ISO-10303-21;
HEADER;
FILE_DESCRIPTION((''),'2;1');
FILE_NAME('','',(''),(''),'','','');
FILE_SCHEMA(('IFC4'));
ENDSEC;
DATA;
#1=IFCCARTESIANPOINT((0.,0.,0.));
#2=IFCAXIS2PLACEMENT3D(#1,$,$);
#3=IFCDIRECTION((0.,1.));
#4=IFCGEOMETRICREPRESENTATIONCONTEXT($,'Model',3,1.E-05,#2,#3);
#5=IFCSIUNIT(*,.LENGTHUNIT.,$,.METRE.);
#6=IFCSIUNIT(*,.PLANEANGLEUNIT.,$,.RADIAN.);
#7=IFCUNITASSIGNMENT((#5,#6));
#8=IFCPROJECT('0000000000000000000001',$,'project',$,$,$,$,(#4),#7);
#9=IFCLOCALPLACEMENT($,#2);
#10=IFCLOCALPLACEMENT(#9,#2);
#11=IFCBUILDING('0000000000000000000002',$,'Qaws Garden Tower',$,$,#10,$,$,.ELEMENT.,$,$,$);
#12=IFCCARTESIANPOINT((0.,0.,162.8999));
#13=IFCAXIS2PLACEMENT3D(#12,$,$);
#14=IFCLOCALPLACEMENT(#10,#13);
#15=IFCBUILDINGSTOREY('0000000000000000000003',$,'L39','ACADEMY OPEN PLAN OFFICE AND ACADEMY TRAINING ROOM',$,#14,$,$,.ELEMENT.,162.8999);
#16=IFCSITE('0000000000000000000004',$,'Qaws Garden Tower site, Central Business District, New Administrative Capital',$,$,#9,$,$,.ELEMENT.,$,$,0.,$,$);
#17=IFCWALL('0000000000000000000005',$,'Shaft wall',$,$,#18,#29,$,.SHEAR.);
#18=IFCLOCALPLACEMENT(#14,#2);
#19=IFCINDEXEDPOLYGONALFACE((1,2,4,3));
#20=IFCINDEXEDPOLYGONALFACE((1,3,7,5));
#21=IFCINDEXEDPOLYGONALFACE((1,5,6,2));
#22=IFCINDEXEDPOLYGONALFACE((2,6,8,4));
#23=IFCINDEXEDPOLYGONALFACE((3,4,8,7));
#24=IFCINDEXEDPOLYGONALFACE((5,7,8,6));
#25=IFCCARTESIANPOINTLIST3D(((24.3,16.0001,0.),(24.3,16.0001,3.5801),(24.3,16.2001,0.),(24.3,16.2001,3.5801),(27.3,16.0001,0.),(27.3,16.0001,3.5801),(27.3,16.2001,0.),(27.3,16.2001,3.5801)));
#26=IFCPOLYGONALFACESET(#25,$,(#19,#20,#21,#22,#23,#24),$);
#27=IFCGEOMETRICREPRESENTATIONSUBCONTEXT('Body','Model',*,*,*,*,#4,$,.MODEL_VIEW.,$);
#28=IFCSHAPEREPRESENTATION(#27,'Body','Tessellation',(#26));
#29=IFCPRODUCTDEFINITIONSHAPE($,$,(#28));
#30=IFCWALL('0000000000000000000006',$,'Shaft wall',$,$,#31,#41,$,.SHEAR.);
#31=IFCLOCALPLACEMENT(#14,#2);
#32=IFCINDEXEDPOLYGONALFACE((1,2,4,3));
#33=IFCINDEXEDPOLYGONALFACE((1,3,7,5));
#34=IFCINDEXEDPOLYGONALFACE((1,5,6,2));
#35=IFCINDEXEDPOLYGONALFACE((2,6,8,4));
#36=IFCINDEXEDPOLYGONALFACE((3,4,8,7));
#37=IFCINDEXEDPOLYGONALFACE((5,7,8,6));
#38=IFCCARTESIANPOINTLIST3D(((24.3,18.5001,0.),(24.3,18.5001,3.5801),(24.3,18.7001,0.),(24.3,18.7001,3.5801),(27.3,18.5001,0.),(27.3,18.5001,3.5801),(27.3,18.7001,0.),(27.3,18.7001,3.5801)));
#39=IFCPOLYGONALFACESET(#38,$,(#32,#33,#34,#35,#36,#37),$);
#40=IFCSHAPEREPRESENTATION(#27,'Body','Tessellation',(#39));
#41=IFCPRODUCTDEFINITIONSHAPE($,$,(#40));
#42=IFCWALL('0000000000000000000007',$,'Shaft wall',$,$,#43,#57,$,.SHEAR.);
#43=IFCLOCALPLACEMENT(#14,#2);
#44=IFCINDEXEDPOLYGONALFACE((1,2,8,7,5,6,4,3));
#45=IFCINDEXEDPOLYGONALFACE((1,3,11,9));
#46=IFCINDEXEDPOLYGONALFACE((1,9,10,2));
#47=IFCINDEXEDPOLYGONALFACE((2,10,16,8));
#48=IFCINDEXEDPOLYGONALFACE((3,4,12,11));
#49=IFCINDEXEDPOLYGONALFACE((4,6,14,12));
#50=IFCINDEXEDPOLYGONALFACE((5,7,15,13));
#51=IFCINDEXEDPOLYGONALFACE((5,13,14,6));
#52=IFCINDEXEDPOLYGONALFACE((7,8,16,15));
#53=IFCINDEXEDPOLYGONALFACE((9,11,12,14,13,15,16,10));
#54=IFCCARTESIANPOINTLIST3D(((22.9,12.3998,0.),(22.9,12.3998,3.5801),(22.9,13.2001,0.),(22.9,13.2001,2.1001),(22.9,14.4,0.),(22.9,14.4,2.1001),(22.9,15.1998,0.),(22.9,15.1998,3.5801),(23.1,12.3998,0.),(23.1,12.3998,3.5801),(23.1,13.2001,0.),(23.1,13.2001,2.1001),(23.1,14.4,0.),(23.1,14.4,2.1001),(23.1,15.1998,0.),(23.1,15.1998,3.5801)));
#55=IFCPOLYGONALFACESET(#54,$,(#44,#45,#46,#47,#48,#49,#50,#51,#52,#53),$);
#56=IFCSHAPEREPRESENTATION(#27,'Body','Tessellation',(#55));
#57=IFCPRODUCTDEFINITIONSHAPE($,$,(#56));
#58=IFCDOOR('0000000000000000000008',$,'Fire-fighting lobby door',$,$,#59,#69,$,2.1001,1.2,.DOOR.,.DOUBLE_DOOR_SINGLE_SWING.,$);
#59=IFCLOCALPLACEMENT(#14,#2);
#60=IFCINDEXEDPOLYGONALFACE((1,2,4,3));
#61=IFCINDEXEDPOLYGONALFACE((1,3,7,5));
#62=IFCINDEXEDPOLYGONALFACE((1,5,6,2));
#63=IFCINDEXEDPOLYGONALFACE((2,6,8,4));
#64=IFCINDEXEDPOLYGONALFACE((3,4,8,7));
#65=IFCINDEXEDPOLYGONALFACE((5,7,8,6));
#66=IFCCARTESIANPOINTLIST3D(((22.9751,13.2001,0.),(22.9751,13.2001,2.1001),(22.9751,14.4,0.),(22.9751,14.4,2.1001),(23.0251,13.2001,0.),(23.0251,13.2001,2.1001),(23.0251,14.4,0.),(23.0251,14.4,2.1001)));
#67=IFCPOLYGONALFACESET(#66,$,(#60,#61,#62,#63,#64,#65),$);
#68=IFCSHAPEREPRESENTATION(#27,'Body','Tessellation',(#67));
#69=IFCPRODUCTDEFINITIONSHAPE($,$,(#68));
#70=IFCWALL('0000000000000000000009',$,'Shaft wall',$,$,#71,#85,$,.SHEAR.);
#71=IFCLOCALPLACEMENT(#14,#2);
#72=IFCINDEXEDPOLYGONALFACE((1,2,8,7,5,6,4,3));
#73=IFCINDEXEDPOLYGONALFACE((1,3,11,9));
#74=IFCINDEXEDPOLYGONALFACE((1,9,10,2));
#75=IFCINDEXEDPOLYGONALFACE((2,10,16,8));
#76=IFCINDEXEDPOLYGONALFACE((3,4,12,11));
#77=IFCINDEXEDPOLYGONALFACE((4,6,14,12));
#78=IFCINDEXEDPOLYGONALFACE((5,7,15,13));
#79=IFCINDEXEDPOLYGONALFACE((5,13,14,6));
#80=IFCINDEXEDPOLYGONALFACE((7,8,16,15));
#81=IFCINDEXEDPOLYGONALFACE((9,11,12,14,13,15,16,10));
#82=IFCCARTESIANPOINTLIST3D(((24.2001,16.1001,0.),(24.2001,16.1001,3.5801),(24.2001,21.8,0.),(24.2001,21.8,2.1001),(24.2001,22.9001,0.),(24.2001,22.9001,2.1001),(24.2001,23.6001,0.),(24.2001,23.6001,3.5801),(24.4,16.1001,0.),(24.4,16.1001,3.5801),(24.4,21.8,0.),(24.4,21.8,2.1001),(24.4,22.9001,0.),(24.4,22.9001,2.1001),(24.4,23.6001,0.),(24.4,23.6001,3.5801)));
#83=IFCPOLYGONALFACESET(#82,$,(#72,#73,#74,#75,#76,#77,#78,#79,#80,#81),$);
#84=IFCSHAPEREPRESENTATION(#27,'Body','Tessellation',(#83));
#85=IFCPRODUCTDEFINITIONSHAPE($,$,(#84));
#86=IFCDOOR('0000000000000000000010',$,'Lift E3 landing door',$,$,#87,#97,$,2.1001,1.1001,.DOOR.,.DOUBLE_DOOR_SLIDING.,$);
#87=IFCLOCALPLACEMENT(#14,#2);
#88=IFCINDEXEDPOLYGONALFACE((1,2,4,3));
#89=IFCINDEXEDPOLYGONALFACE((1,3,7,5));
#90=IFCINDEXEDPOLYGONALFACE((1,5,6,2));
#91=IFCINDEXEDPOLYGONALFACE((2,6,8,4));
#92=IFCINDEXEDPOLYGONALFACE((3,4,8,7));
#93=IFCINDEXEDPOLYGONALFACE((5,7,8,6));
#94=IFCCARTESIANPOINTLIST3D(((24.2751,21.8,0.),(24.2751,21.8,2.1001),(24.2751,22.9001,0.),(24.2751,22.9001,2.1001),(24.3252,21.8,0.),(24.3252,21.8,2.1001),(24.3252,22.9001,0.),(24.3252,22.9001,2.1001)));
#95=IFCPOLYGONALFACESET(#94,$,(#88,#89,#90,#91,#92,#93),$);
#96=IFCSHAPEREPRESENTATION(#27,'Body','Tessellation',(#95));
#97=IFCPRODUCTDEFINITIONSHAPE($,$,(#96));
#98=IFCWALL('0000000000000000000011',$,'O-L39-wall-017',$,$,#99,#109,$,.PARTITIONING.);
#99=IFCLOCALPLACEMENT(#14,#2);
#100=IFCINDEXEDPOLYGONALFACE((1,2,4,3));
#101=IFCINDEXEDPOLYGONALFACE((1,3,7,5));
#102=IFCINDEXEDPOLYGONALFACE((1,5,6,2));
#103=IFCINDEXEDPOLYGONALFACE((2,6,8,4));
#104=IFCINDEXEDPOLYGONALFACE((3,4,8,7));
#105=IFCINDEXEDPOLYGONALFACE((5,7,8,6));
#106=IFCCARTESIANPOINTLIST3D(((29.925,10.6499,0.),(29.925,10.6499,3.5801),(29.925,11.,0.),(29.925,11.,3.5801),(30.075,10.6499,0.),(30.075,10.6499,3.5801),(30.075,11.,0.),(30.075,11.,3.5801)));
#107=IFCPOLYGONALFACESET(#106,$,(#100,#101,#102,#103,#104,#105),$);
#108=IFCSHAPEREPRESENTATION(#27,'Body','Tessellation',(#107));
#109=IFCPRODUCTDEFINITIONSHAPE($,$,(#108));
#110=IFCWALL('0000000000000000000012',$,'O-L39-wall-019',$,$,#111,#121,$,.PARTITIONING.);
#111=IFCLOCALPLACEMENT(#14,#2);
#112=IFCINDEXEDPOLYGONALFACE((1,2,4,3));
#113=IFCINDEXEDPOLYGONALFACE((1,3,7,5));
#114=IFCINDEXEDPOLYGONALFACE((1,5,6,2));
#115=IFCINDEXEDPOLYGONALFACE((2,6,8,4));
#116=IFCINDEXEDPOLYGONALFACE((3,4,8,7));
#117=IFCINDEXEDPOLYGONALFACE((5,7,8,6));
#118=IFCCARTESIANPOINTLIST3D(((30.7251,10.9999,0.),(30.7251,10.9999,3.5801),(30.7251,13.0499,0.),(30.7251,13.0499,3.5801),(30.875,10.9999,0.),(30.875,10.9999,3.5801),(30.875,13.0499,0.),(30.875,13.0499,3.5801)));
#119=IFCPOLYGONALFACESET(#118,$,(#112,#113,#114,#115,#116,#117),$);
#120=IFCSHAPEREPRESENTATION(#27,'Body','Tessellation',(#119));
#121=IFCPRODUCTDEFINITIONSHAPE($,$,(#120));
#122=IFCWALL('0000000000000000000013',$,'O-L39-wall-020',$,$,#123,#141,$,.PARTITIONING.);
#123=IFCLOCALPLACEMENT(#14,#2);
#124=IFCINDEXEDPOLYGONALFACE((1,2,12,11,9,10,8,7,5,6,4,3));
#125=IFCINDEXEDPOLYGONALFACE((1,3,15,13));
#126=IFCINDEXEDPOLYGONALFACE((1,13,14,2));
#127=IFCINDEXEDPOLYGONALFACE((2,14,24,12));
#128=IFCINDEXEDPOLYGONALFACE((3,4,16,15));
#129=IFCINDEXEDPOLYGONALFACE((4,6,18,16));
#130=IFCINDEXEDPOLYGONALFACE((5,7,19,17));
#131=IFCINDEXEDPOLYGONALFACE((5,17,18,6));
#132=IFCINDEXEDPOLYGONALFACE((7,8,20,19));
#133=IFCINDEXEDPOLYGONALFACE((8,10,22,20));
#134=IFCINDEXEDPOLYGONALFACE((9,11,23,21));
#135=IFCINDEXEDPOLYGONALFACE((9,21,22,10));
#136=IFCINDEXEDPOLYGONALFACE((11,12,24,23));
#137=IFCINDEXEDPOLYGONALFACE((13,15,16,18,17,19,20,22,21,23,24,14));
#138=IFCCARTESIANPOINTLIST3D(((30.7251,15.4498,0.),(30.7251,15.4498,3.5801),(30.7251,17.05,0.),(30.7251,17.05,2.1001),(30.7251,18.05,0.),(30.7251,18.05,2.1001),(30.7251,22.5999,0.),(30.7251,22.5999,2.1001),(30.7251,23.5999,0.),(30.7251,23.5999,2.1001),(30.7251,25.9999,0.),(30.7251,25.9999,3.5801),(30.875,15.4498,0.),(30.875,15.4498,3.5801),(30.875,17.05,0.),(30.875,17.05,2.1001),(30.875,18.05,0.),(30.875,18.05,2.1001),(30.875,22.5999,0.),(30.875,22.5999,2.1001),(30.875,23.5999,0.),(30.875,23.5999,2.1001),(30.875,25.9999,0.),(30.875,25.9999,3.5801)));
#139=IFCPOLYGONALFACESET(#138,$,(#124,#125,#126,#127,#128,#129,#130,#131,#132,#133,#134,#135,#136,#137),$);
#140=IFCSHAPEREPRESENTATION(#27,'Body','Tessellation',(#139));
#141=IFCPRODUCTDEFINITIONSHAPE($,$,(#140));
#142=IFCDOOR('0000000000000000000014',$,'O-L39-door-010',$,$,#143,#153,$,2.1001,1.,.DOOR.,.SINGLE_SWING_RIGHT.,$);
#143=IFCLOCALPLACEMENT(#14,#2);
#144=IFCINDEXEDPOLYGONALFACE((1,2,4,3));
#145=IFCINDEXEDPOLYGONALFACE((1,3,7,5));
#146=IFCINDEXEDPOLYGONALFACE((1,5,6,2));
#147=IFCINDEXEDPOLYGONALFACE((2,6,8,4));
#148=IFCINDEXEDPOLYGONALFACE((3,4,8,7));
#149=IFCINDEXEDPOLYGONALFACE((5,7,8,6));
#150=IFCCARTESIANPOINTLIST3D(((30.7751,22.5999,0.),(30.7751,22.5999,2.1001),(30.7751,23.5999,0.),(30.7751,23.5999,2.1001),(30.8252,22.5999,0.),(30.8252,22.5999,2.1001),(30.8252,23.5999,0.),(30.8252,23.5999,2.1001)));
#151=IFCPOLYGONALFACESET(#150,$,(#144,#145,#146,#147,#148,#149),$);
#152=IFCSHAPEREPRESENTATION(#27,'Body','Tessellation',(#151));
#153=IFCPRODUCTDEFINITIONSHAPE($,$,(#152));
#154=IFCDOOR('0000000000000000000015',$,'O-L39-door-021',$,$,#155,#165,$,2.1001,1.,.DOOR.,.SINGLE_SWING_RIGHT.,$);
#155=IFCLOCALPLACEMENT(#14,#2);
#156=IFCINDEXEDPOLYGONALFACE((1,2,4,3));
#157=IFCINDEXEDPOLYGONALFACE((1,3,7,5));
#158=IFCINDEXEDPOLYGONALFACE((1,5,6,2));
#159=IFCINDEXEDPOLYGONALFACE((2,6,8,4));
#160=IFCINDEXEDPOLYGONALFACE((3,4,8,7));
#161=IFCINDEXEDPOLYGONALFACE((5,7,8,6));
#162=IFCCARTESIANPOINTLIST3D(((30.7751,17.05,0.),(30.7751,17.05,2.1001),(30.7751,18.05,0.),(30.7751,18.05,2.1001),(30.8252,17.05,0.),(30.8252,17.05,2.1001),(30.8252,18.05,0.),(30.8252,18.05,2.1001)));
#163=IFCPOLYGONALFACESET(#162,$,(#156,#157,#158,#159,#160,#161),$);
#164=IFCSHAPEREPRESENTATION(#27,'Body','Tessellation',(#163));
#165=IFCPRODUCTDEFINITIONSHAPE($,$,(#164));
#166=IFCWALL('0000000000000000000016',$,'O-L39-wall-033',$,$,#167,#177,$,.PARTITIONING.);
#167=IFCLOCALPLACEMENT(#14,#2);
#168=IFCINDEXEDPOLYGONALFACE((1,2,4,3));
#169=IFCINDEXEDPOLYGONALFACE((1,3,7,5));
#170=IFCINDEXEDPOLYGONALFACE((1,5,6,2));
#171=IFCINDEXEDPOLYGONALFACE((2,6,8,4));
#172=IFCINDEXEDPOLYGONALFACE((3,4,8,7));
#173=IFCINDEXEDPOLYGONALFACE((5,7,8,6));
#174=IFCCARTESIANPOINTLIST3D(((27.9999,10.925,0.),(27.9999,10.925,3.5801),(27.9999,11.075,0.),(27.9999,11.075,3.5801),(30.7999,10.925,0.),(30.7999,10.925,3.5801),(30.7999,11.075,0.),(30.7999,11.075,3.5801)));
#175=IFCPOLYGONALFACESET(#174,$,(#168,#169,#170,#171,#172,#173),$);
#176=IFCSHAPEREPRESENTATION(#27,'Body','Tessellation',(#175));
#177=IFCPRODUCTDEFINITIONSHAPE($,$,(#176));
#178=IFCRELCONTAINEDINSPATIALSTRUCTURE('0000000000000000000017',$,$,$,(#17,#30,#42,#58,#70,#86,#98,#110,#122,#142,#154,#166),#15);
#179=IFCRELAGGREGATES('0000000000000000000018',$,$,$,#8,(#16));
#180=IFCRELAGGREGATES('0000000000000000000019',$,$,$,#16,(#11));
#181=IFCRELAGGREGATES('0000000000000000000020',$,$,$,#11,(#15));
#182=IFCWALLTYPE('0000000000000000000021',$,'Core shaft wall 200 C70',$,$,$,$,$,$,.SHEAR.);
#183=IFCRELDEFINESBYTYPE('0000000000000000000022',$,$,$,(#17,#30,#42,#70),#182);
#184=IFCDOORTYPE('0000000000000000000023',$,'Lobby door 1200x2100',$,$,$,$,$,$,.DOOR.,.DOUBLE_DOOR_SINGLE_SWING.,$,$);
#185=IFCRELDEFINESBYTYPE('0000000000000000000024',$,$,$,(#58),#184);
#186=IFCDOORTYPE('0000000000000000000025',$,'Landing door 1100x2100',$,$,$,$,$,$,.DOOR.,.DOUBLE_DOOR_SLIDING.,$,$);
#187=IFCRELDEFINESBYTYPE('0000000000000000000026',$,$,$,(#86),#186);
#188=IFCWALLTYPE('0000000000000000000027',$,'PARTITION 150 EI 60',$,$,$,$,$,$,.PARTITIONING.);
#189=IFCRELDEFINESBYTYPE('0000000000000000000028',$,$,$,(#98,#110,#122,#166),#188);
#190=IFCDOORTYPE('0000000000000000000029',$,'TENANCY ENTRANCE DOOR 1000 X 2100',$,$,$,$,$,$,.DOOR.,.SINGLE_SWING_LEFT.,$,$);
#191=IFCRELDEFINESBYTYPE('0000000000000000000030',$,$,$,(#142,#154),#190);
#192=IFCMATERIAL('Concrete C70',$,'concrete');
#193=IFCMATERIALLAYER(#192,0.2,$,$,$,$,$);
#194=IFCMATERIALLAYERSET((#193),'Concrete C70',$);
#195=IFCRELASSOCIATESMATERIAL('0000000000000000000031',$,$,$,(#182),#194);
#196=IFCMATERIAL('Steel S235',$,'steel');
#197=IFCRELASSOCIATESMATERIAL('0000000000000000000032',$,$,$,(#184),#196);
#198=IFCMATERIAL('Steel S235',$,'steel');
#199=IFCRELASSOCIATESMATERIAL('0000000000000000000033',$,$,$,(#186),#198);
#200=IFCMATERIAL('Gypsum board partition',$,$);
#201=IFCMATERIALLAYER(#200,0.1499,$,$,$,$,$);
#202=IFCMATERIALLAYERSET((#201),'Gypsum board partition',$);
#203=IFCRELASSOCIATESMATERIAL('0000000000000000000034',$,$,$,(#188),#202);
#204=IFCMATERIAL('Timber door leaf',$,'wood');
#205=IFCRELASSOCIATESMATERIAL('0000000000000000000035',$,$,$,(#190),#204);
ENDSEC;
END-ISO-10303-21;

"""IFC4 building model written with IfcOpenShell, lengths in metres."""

from ifc_helpers import new_model, si_unit, direction, frame, frame_2d, origin, place, context, subcontext, project, spatial, rectangle, extrude, material, layer, layer_set, type_object, element, fill, save


model = new_model("IFC4")

# Units and contexts
model_context = context("Model", 3, precision=1e-05, world=origin(), true_north=direction((0.0, 1.0)))
body_context = subcontext(model_context, "Body", "Model", "MODEL_VIEW")
ifc_project = project(units=[si_unit("LENGTHUNIT", "METRE"), si_unit("PLANEANGLEUNIT", "RADIAN")], contexts=[model_context])

# Site, building, storey
site_placement = place(None, origin())
site = spatial("IfcSite", under=ifc_project, at=site_placement, Name="Qaws Garden Tower site, Central Business District, New Administrative Capital", CompositionType="ELEMENT", RefElevation=0.0)
building_placement = place(site_placement, origin())
building = spatial("IfcBuilding", under=site, at=building_placement, Name="Qaws Garden Tower", CompositionType="ELEMENT")
storey_placement = place(building_placement, frame((0.0, 0.0, 162.8999)))
storey = spatial("IfcBuildingStorey", under=building, at=storey_placement, Name="L39", Description="ACADEMY OPEN PLAN OFFICE AND ACADEMY TRAINING ROOM", CompositionType="ELEMENT", Elevation=162.8999)

# Walls
ifc_material_1 = material(Name="Concrete C70", Category="concrete")
ifc_layer_1 = layer(ifc_material_1, 0.2)
ifc_layer_set_1 = layer_set([ifc_layer_1], Name="Concrete C70")
wall_type_1 = type_object("IfcWallType", Name="Core shaft wall 200 C70", PredefinedType="SHEAR", material=ifc_layer_set_1)
for number, where, z_axis, x_axis, name in (
    (1, (24.3, 16.1001, 0.0), (0.0, 0.0, 1.0), (1.0, 0.0, 0.0), "Shaft wall"),
    (2, (24.3, 18.6001, 0.0), (0.0, 0.0, 1.0), (1.0, 0.0, 0.0), "Shaft wall"),
):
    element("IfcWall", number, at=place(storey_placement, frame(where, z_axis=z_axis, x_axis=x_axis)), inside=storey, type_object=wall_type_1, Name=name, PredefinedType="SHEAR", context=body_context, shape_type="SweptSolid", body=[
        extrude(rectangle(XDim=3.0, YDim=0.2, at=frame_2d((1.5, 0.0))), origin(), (0.0, 0.0, 1.0), 3.5801),
    ])

# Walls, openings, doors
wall_1_placement = place(storey_placement, frame((23.0, 12.3999, 0.0), z_axis=(0.0, 0.0, 1.0), x_axis=(0.0, 1.0, 0.0)))
wall_1 = element("IfcWall", 3, at=wall_1_placement, inside=storey, type_object=wall_type_1, Name="Shaft wall", PredefinedType="SHEAR", context=body_context, shape_type="SweptSolid", body=[
    extrude(rectangle(XDim=2.8, YDim=0.2, at=frame_2d((1.3999, 0.0))), origin(), (0.0, 0.0, 1.0), 3.5801),
])
opening_1_placement = place(wall_1_placement, frame((0.8, 0.0, 0.0)))
opening_1 = element("IfcOpeningElement", 4, at=opening_1_placement, cuts=wall_1, PredefinedType="OPENING", context=body_context, shape_type="SweptSolid", body=[
    extrude(rectangle(XDim=1.2, YDim=2.1001, at=frame_2d((0.6001, 1.05))), frame((0.0, 0.1099, 0.0), z_axis=(0.0, -1.0, 0.0), x_axis=(1.0, 0.0, 0.0)), (0.0, 0.0, 1.0), 0.22),
])
ifc_material_2 = material(Name="Steel S235", Category="steel")
door_type_1 = type_object("IfcDoorType", Name="Lobby door 1200x2100", OperationType="DOUBLE_DOOR_SINGLE_SWING", PredefinedType="DOOR", material=ifc_material_2)
door_1_placement = place(opening_1_placement, origin())
door_1 = element("IfcDoor", 5, at=door_1_placement, inside=storey, type_object=door_type_1, Name="Fire-fighting lobby door", OperationType="DOUBLE_DOOR_SINGLE_SWING", OverallHeight=2.1001, OverallWidth=1.2, PredefinedType="DOOR", context=body_context, shape_type="SweptSolid", body=[
    extrude(rectangle(XDim=1.2, YDim=2.1001, at=frame_2d((0.6001, 1.05))), frame((0.0, 0.0249, 0.0), z_axis=(0.0, -1.0, 0.0), x_axis=(1.0, 0.0, 0.0)), (0.0, 0.0, 1.0), 0.05),
])
fill(opening_1, door_1)
wall_2_placement = place(storey_placement, frame((24.3, 16.1001, 0.0), z_axis=(0.0, 0.0, 1.0), x_axis=(0.0, 1.0, 0.0)))
wall_2 = element("IfcWall", 6, at=wall_2_placement, inside=storey, type_object=wall_type_1, Name="Shaft wall", PredefinedType="SHEAR", context=body_context, shape_type="SweptSolid", body=[
    extrude(rectangle(XDim=7.5, YDim=0.2, at=frame_2d((3.75, 0.0))), origin(), (0.0, 0.0, 1.0), 3.5801),
])
opening_2_placement = place(wall_2_placement, frame((5.7, 0.0, 0.0)))
opening_2 = element("IfcOpeningElement", 7, at=opening_2_placement, cuts=wall_2, PredefinedType="OPENING", context=body_context, shape_type="SweptSolid", body=[
    extrude(rectangle(XDim=1.1001, YDim=2.1001, at=frame_2d((0.55, 1.05))), frame((0.0, 0.1099, 0.0), z_axis=(0.0, -1.0, 0.0), x_axis=(1.0, 0.0, 0.0)), (0.0, 0.0, 1.0), 0.22),
])
ifc_material_3 = material(Name="Steel S235", Category="steel")
door_type_2 = type_object("IfcDoorType", Name="Landing door 1100x2100", OperationType="DOUBLE_DOOR_SLIDING", PredefinedType="DOOR", material=ifc_material_3)
door_2_placement = place(opening_2_placement, origin())
door_2 = element("IfcDoor", 8, at=door_2_placement, inside=storey, type_object=door_type_2, Name="Lift E3 landing door", OperationType="DOUBLE_DOOR_SLIDING", OverallHeight=2.1001, OverallWidth=1.1001, PredefinedType="DOOR", context=body_context, shape_type="SweptSolid", body=[
    extrude(rectangle(XDim=1.1001, YDim=2.1001, at=frame_2d((0.55, 1.05))), frame((0.0, 0.0249, 0.0), z_axis=(0.0, -1.0, 0.0), x_axis=(1.0, 0.0, 0.0)), (0.0, 0.0, 1.0), 0.05),
])
fill(opening_2, door_2)

# Walls
ifc_material_4 = material(Name="Gypsum board partition")
ifc_layer_2 = layer(ifc_material_4, 0.1499)
ifc_layer_set_2 = layer_set([ifc_layer_2], Name="Gypsum board partition")
wall_type_2 = type_object("IfcWallType", Name="PARTITION 150 EI 60", PredefinedType="PARTITIONING", material=ifc_layer_set_2)
wall_3_placement = place(storey_placement, frame((30.0, 10.6499, 0.0), z_axis=(0.0, 0.0, 1.0), x_axis=(0.0, 1.0, 0.0)))
element("IfcWall", 9, at=wall_3_placement, inside=storey, type_object=wall_type_2, Name="O-L39-wall-017", PredefinedType="PARTITIONING", context=body_context, shape_type="SweptSolid", body=[
    extrude(rectangle(XDim=0.3501, YDim=0.1499, at=frame_2d((0.175, 0.0))), origin(), (0.0, 0.0, 1.0), 3.5801),
])
wall_4_placement = place(storey_placement, frame((30.8, 11.0, 0.0), z_axis=(0.0, 0.0, 1.0), x_axis=(0.0, 1.0, 0.0)))
element("IfcWall", 10, at=wall_4_placement, inside=storey, type_object=wall_type_2, Name="O-L39-wall-019", PredefinedType="PARTITIONING", context=body_context, shape_type="SweptSolid", body=[
    extrude(rectangle(XDim=2.05, YDim=0.1499, at=frame_2d((1.0249, 0.0))), origin(), (0.0, 0.0, 1.0), 3.5801),
])

# Wall, openings, doors
wall_5_placement = place(storey_placement, frame((30.8, 15.45, 0.0), z_axis=(0.0, 0.0, 1.0), x_axis=(0.0, 1.0, 0.0)))
wall_5 = element("IfcWall", 11, at=wall_5_placement, inside=storey, type_object=wall_type_2, Name="O-L39-wall-020", PredefinedType="PARTITIONING", context=body_context, shape_type="SweptSolid", body=[
    extrude(rectangle(XDim=10.55, YDim=0.1499, at=frame_2d((5.2749, 0.0))), origin(), (0.0, 0.0, 1.0), 3.5801),
])
opening_3_placement = place(wall_5_placement, frame((7.1499, 0.0, 0.0)))
opening_3 = element("IfcOpeningElement", 12, at=opening_3_placement, cuts=wall_5, PredefinedType="OPENING", context=body_context, shape_type="SweptSolid", body=[
    extrude(rectangle(XDim=1.0, YDim=2.1001, at=frame_2d((0.5, 1.05))), frame((0.0, 0.085, 0.0), z_axis=(0.0, -1.0, 0.0), x_axis=(1.0, 0.0, 0.0)), (0.0, 0.0, 1.0), 0.1699),
])
opening_4_placement = place(wall_5_placement, frame((1.6001, 0.0, 0.0)))
opening_4 = element("IfcOpeningElement", 13, at=opening_4_placement, cuts=wall_5, PredefinedType="OPENING", context=body_context, shape_type="SweptSolid", body=[
    extrude(rectangle(XDim=1.0, YDim=2.1001, at=frame_2d((0.5, 1.05))), frame((0.0, 0.085, 0.0), z_axis=(0.0, -1.0, 0.0), x_axis=(1.0, 0.0, 0.0)), (0.0, 0.0, 1.0), 0.1699),
])
ifc_material_5 = material(Name="Timber door leaf", Category="wood")
door_type_3 = type_object("IfcDoorType", Name="TENANCY ENTRANCE DOOR 1000 X 2100", OperationType="SINGLE_SWING_LEFT", PredefinedType="DOOR", material=ifc_material_5)
door_3_placement = place(opening_3_placement, origin())
door_3 = element("IfcDoor", 14, at=door_3_placement, inside=storey, type_object=door_type_3, Name="O-L39-door-010", OperationType="SINGLE_SWING_RIGHT", OverallHeight=2.1001, OverallWidth=1.0, PredefinedType="DOOR", context=body_context, shape_type="SweptSolid", body=[
    extrude(rectangle(XDim=1.0, YDim=2.1001, at=frame_2d((0.5, 1.05))), frame((0.0, 0.0249, 0.0), z_axis=(0.0, -1.0, 0.0), x_axis=(1.0, 0.0, 0.0)), (0.0, 0.0, 1.0), 0.05),
])
fill(opening_3, door_3)
door_4_placement = place(opening_4_placement, origin())
door_4 = element("IfcDoor", 15, at=door_4_placement, inside=storey, type_object=door_type_3, Name="O-L39-door-021", OperationType="SINGLE_SWING_RIGHT", OverallHeight=2.1001, OverallWidth=1.0, PredefinedType="DOOR", context=body_context, shape_type="SweptSolid", body=[
    extrude(rectangle(XDim=1.0, YDim=2.1001, at=frame_2d((0.5, 1.05))), frame((0.0, 0.0249, 0.0), z_axis=(0.0, -1.0, 0.0), x_axis=(1.0, 0.0, 0.0)), (0.0, 0.0, 1.0), 0.05),
])
fill(opening_4, door_4)

# Wall
wall_6_placement = place(storey_placement, frame((28.0, 11.0, 0.0), z_axis=(0.0, 0.0, 1.0), x_axis=(1.0, 0.0, 0.0)))
element("IfcWall", 16, at=wall_6_placement, inside=storey, type_object=wall_type_2, Name="O-L39-wall-033", PredefinedType="PARTITIONING", context=body_context, shape_type="SweptSolid", body=[
    extrude(rectangle(XDim=2.8, YDim=0.1499, at=frame_2d((1.3999, 0.0))), origin(), (0.0, 0.0, 1.0), 3.5801),
])

save(model, "model.ifc")
